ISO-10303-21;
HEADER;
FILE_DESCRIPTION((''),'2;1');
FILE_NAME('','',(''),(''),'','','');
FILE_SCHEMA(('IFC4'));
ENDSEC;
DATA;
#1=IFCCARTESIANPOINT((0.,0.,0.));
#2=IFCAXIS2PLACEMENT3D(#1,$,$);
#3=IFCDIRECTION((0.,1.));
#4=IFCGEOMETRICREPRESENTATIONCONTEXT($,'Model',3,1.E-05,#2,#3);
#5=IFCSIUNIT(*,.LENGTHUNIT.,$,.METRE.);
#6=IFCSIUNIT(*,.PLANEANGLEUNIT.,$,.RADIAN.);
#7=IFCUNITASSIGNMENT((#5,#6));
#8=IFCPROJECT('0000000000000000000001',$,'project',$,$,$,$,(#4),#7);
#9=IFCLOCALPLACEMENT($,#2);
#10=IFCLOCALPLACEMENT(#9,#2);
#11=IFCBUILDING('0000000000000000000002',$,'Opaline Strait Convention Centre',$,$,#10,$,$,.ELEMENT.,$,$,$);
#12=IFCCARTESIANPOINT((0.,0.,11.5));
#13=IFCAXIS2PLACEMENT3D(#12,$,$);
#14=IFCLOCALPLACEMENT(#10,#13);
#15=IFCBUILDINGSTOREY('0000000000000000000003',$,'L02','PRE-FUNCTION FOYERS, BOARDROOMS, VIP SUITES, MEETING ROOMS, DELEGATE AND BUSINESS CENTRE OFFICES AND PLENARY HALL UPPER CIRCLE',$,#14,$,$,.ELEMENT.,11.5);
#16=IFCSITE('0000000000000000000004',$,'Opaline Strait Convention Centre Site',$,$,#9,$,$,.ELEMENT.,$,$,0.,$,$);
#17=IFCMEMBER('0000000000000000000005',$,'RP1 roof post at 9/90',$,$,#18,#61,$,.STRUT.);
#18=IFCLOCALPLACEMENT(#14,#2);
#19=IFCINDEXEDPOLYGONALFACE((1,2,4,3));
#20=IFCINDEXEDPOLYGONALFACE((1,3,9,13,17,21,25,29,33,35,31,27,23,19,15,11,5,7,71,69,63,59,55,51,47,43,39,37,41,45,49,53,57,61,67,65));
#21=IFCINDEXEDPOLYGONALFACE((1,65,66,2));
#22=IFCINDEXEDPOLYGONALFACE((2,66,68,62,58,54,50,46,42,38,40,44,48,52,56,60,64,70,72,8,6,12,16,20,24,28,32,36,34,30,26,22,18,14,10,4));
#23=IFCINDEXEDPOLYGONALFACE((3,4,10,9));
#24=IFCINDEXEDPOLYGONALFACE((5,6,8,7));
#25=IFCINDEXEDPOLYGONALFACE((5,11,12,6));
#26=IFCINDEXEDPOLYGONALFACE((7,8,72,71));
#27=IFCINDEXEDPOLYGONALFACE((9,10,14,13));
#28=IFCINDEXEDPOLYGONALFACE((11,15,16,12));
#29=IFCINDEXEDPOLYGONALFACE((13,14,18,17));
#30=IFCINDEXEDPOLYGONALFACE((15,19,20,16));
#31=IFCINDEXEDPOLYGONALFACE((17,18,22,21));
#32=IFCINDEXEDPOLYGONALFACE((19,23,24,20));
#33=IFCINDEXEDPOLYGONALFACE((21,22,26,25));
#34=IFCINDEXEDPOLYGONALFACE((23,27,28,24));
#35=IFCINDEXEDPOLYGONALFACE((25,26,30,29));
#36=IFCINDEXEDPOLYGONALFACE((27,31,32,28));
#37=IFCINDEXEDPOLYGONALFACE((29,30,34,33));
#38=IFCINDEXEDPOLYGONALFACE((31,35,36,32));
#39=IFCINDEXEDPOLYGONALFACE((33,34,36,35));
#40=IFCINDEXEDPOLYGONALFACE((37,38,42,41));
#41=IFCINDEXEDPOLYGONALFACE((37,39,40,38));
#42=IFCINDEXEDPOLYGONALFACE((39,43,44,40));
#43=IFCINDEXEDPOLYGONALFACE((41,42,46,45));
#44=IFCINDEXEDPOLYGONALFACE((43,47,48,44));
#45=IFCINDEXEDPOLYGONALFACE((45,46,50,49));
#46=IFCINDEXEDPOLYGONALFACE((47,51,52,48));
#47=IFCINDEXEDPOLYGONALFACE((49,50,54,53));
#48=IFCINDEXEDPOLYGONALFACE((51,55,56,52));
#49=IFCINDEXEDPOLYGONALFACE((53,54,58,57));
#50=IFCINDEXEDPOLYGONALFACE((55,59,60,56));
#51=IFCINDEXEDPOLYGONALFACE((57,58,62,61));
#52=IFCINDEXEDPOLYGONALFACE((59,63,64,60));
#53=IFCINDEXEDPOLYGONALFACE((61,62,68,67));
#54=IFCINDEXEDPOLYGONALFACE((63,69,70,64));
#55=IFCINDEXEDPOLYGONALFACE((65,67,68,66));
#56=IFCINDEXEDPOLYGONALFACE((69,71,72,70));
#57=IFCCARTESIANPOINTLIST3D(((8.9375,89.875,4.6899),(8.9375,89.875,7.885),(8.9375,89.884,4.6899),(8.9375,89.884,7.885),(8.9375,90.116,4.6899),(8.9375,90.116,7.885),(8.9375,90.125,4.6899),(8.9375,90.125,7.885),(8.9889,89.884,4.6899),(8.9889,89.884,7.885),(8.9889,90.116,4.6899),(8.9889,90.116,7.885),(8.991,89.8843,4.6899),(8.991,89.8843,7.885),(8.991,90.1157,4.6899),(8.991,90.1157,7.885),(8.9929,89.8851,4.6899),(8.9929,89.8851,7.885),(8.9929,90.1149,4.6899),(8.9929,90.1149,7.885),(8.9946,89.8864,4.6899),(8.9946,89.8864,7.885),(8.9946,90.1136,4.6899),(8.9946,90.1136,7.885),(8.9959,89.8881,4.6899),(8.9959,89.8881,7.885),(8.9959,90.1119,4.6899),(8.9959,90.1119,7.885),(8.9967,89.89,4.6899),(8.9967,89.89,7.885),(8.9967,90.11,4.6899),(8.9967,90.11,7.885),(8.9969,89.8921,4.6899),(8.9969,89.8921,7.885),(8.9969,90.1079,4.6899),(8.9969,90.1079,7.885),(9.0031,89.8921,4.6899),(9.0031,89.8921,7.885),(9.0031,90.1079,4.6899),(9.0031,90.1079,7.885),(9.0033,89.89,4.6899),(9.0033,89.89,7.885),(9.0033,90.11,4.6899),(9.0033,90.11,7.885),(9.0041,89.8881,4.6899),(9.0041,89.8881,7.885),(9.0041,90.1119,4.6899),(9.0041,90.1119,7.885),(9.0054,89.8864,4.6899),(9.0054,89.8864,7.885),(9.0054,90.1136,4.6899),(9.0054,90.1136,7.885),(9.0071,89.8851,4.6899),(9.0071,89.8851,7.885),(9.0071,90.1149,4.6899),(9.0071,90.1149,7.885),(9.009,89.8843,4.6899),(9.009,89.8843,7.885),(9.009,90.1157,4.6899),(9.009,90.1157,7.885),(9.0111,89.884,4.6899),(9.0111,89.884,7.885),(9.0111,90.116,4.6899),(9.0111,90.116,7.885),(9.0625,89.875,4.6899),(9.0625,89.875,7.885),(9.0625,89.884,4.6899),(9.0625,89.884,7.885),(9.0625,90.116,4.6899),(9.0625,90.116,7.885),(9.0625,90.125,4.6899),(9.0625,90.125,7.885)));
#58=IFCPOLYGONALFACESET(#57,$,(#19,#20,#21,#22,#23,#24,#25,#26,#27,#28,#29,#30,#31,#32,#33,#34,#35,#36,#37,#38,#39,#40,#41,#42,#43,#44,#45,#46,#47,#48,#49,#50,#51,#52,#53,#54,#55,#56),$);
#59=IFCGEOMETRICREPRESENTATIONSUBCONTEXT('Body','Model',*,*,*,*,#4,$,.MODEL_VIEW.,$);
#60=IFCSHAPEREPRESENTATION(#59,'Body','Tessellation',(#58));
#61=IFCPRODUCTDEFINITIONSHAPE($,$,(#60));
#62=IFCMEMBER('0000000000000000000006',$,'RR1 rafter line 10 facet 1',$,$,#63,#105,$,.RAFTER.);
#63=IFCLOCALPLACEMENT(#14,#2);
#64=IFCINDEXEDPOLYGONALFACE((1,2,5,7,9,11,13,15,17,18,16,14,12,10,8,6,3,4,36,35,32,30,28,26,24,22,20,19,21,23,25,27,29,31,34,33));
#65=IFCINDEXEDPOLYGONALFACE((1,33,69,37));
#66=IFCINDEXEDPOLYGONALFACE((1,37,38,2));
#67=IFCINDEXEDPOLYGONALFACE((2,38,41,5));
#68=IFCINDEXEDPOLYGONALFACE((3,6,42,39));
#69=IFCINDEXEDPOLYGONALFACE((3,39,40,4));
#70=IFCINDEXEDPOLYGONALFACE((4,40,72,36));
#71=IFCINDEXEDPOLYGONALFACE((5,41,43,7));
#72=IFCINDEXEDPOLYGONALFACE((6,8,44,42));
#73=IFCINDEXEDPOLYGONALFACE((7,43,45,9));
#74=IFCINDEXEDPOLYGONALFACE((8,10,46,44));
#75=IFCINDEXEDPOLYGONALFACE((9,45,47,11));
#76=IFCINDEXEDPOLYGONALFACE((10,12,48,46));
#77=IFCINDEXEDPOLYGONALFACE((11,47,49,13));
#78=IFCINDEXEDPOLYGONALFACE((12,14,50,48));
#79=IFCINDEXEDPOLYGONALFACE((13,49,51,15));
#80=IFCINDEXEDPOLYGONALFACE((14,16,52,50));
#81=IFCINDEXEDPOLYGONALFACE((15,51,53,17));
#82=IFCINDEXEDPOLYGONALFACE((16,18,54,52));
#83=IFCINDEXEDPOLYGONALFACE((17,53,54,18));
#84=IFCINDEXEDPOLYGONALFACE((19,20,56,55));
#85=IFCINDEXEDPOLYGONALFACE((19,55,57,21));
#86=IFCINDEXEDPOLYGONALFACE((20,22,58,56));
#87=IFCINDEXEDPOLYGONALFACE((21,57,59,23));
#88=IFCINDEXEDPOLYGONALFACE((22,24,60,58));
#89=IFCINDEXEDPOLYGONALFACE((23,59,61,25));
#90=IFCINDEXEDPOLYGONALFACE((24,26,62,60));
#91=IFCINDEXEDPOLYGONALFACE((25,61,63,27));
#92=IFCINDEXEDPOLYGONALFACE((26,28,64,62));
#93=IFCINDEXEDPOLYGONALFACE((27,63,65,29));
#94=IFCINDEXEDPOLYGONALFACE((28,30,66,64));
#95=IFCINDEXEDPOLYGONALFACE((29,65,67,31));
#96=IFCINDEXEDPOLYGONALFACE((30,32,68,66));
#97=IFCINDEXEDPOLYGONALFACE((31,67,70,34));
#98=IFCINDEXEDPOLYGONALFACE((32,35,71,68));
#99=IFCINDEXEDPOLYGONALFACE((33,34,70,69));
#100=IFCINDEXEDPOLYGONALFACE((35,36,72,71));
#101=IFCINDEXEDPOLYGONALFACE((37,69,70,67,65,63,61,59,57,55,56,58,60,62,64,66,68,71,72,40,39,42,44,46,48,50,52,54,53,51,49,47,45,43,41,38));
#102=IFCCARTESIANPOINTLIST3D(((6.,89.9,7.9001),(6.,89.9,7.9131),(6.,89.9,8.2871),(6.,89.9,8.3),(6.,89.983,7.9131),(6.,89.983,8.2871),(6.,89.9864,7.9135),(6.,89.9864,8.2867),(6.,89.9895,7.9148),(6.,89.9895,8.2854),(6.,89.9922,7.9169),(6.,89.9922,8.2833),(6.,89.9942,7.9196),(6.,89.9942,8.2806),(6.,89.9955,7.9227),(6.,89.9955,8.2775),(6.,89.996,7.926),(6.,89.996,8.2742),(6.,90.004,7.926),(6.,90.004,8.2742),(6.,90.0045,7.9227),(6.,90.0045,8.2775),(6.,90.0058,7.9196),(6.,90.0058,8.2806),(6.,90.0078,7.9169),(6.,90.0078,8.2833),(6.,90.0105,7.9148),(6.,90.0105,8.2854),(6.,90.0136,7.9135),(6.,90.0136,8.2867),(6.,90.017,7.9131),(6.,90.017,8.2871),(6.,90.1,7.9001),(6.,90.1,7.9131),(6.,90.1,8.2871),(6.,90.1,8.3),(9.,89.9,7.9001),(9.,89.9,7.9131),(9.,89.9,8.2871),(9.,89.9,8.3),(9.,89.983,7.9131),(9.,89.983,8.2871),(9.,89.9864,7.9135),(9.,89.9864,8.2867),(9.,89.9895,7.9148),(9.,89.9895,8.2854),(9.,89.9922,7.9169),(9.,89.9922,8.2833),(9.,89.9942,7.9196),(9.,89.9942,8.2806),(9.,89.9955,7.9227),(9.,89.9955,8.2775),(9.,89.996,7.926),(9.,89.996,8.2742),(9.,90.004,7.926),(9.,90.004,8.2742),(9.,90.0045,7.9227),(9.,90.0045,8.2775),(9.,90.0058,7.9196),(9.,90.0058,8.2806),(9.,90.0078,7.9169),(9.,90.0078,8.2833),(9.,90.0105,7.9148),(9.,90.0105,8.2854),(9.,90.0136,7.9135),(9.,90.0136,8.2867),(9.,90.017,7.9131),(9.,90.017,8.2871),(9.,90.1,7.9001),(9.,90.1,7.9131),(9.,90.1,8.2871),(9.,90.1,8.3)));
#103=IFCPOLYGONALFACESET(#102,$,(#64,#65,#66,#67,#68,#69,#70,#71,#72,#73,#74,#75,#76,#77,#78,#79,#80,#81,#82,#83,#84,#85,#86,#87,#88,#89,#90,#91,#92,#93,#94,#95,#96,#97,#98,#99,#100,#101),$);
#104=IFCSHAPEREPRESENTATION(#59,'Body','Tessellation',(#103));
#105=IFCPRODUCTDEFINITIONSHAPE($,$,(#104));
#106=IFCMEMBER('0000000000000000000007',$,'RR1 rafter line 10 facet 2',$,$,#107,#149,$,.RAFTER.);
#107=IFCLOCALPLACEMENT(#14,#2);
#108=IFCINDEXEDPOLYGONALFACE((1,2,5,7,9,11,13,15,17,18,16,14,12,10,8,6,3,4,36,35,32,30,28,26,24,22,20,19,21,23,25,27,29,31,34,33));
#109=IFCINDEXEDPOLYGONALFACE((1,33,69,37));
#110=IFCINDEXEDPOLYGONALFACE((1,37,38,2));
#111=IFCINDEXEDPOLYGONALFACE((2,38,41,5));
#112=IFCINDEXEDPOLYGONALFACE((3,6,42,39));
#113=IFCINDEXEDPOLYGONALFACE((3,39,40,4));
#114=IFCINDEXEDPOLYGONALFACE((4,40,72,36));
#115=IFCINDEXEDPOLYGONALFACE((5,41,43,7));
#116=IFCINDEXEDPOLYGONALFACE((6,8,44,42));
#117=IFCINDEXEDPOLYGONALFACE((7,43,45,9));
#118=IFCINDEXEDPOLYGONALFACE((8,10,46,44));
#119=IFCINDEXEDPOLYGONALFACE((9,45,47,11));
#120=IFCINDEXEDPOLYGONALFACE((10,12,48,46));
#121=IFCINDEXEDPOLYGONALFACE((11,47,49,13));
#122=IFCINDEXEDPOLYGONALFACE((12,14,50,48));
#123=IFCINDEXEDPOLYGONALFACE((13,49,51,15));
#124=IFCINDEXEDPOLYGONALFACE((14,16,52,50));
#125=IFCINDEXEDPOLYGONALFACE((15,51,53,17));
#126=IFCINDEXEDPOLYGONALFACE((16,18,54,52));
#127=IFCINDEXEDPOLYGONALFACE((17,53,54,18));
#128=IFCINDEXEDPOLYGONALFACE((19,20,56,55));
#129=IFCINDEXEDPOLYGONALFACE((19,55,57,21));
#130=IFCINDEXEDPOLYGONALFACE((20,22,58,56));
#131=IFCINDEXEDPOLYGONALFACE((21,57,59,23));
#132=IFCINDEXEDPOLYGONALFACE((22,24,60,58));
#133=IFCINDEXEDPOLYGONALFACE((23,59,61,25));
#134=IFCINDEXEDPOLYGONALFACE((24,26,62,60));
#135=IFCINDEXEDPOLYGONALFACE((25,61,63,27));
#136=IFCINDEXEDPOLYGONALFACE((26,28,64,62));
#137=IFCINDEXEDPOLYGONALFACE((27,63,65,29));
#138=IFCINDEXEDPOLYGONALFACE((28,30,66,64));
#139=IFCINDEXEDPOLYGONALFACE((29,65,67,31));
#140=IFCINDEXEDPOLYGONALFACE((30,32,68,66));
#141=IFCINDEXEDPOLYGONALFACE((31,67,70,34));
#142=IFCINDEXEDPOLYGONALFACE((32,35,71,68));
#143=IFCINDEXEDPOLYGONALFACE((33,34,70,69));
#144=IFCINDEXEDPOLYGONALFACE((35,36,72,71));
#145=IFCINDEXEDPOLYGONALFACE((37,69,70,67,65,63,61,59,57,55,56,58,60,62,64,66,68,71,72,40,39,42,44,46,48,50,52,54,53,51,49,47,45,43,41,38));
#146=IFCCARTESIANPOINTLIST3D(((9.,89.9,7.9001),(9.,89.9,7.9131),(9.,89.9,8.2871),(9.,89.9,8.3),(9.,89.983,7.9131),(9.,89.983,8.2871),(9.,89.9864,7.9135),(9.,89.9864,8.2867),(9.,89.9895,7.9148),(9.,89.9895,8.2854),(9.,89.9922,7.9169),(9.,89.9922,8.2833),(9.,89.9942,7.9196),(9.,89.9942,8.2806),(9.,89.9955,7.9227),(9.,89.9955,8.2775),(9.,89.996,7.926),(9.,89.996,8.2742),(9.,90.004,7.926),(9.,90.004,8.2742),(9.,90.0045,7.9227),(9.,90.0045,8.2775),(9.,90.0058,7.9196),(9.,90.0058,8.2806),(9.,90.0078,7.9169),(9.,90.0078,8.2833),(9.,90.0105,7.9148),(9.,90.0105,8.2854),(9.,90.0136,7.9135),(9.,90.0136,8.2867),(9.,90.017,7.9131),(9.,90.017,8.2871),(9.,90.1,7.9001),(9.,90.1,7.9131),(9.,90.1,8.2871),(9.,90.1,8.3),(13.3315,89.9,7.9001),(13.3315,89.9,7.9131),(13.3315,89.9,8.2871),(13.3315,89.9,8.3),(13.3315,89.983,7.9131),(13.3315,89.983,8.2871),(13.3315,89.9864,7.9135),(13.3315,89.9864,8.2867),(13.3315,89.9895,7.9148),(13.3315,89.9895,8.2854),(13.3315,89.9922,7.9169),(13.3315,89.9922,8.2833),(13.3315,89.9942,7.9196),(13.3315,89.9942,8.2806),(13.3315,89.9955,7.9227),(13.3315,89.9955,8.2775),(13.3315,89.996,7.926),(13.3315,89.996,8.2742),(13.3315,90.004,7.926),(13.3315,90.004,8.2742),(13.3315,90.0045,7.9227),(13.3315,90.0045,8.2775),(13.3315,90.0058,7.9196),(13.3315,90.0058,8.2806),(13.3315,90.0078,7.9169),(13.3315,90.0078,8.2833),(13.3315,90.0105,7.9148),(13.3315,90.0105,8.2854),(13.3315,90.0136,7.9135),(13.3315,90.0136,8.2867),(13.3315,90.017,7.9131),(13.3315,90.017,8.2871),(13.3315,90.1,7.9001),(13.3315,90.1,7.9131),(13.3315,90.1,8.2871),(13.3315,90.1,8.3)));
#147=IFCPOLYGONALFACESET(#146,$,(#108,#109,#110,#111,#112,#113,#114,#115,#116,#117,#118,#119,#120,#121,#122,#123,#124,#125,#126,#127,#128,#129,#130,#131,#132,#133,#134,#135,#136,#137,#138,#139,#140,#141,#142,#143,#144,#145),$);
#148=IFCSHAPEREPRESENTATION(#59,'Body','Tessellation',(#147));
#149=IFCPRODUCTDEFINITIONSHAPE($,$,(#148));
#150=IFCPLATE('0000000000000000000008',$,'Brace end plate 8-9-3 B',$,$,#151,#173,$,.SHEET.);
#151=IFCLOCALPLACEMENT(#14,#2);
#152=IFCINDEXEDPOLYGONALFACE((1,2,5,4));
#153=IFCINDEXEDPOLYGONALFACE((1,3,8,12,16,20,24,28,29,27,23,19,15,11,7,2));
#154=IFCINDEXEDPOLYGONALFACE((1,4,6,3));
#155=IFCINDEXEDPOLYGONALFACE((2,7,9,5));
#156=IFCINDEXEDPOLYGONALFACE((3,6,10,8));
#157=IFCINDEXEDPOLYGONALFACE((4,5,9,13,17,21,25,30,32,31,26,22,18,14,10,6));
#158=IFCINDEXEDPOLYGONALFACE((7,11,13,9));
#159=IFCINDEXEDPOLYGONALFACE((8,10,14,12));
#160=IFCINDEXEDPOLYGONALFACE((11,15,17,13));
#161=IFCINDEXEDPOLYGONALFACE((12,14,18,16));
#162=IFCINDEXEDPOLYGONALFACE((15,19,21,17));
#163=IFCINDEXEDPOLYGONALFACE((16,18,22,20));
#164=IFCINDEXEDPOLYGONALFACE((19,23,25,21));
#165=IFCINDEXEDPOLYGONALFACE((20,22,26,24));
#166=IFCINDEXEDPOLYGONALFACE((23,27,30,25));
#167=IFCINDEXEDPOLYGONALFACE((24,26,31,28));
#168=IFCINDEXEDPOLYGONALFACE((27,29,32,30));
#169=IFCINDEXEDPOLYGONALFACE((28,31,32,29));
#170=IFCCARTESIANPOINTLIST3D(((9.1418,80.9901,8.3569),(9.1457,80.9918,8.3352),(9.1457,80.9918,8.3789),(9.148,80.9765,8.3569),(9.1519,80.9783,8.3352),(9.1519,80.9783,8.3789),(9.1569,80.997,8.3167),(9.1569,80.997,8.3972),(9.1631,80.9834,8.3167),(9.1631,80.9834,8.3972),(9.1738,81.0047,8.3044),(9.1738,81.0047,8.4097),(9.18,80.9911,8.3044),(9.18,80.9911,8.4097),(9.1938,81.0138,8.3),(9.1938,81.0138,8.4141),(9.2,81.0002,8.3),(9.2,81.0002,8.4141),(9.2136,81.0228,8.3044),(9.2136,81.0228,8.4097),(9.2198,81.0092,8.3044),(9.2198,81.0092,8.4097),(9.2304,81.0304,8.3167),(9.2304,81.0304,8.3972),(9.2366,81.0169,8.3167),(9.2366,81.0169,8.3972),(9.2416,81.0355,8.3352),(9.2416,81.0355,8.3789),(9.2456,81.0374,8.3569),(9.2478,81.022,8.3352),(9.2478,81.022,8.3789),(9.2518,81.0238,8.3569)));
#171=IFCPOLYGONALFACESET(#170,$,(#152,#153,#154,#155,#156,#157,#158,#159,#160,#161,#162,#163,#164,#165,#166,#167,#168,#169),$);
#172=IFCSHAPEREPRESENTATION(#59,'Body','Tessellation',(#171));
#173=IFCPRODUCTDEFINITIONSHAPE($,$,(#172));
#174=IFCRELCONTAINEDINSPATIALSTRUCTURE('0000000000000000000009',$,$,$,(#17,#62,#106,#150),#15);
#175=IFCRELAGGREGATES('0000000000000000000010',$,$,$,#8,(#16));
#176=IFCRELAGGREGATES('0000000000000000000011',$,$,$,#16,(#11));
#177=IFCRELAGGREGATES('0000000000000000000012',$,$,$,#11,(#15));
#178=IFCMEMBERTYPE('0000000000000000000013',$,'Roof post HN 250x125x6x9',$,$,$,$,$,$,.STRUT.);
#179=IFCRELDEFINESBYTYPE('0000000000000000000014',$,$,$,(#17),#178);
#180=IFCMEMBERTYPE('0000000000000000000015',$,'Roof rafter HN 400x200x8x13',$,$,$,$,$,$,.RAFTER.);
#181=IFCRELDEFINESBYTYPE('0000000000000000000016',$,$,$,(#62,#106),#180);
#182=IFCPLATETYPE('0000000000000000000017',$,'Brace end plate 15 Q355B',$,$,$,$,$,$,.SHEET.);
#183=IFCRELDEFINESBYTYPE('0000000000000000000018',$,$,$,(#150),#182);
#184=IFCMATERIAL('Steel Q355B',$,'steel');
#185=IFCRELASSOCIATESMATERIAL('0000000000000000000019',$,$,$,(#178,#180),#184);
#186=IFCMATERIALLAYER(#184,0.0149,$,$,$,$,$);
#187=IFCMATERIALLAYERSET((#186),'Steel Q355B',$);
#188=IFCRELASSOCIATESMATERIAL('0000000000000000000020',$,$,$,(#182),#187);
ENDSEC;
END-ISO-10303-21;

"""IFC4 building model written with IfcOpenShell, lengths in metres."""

from ifc_helpers import new_model, si_unit, direction, frame, origin, origin_2d, place, context, subcontext, project, spatial, polyline, i_section, outline, extrude, material, layer, layer_set, material_profile, profile_set, type_object, element, save


model = new_model("IFC4")

# Units and contexts
model_context = context("Model", 3, precision=1e-05, world=origin(), true_north=direction((0.0, 1.0)))
body_context = subcontext(model_context, "Body", "Model", "MODEL_VIEW")
ifc_project = project(units=[si_unit("LENGTHUNIT", "METRE"), si_unit("PLANEANGLEUNIT", "RADIAN")], contexts=[model_context])

# Site, building, storey
site_placement = place(None, origin())
site = spatial("IfcSite", under=ifc_project, at=site_placement, Name="Opaline Strait Convention Centre Site", CompositionType="ELEMENT", RefElevation=0.0)
building_placement = place(site_placement, origin())
building = spatial("IfcBuilding", under=site, at=building_placement, Name="Opaline Strait Convention Centre", CompositionType="ELEMENT")
storey_placement = place(building_placement, frame((0.0, 0.0, 11.5)))
storey = spatial("IfcBuildingStorey", under=building, at=storey_placement, Name="L02", Description="PRE-FUNCTION FOYERS, BOARDROOMS, VIP SUITES, MEETING ROOMS, DELEGATE AND BUSINESS CENTRE OFFICES AND PLENARY HALL UPPER CIRCLE", CompositionType="ELEMENT", Elevation=11.5)

# Shared definitions
ifc_material_1 = material(Name="Steel Q355B", Category="steel")

# Members
ifc_material_profile_1 = material_profile(ifc_material_1, i_section(OverallWidth=0.125, OverallDepth=0.25, WebThickness=0.0061, FlangeThickness=0.009, FilletRadius=0.0081, at=origin_2d()), Name="HN 250x125x6x9")
ifc_profile_set_1 = profile_set([ifc_material_profile_1], Name="Steel Q355B")
member_type_1 = type_object("IfcMemberType", Name="Roof post HN 250x125x6x9", PredefinedType="STRUT", material=ifc_profile_set_1)
member_1_placement = place(storey_placement, frame((9.0, 90.0, 4.6899), z_axis=(0.0, 0.0, 1.0), x_axis=(1.0, 0.0, 0.0)))
element("IfcMember", 1, at=member_1_placement, inside=storey, type_object=member_type_1, Name="RP1 roof post at 9/90", PredefinedType="STRUT", context=body_context, shape_type="SweptSolid", body=[
    extrude(i_section(OverallWidth=0.125, OverallDepth=0.25, WebThickness=0.0061, FlangeThickness=0.009, FilletRadius=0.0081, at=origin_2d()), origin(), (0.0, 0.0, 1.0), 3.1951),
])
ifc_material_profile_2 = material_profile(ifc_material_1, i_section(OverallWidth=0.2, OverallDepth=0.3999, WebThickness=0.0081, FlangeThickness=0.0129, FilletRadius=0.0129, at=origin_2d()), Name="HN 400x200x8x13")
ifc_profile_set_2 = profile_set([ifc_material_profile_2], Name="Steel Q355B")
member_type_2 = type_object("IfcMemberType", Name="Roof rafter HN 400x200x8x13", PredefinedType="RAFTER", material=ifc_profile_set_2)
member_2_placement = place(storey_placement, frame((6.0, 90.0, 8.1001), z_axis=(1.0, 0.0, 0.0), x_axis=(0.0, 1.0, 0.0)))
element("IfcMember", 2, at=member_2_placement, inside=storey, type_object=member_type_2, Name="RR1 rafter line 10 facet 1", PredefinedType="RAFTER", context=body_context, shape_type="SweptSolid", body=[
    extrude(i_section(OverallWidth=0.2, OverallDepth=0.3999, WebThickness=0.0081, FlangeThickness=0.0129, FilletRadius=0.0129, at=origin_2d()), origin(), (0.0, 0.0, 1.0), 3.0),
])
member_3_placement = place(storey_placement, frame((9.0, 90.0, 8.1001), z_axis=(1.0, 0.0, 0.0), x_axis=(0.0, 1.0, 0.0)))
element("IfcMember", 3, at=member_3_placement, inside=storey, type_object=member_type_2, Name="RR1 rafter line 10 facet 2", PredefinedType="RAFTER", context=body_context, shape_type="SweptSolid", body=[
    extrude(i_section(OverallWidth=0.2, OverallDepth=0.3999, WebThickness=0.0081, FlangeThickness=0.0129, FilletRadius=0.0129, at=origin_2d()), origin(), (0.0, 0.0, 1.0), 4.3315),
])

# Plate
ifc_layer_1 = layer(ifc_material_1, 0.0149)
ifc_layer_set_1 = layer_set([ifc_layer_1], Name="Steel Q355B")
plate_type = type_object("IfcPlateType", Name="Brace end plate 15 Q355B", PredefinedType="SHEET", material=ifc_layer_set_1)
plate_1_placement = place(storey_placement, frame((9.2456, 81.0374, 8.3569), z_axis=(-0.414547, 0.910028, 0.0), x_axis=(-0.179212, -0.081637, -0.980418)))
element("IfcPlate", 4, at=plate_1_placement, inside=storey, type_object=plate_type, Name="Brace end plate 8-9-3 B", PredefinedType="SHEET", context=body_context, shape_type="SweptSolid", body=[
    extrude(outline(polyline([(0.0, 0.0), (0.0222, 0.0), (0.0428, 0.0084), (0.0584, 0.0242), (0.067, 0.0446), (0.067, 0.067), (0.0587, 0.0876), (0.0429, 0.1034), (0.0225, 0.1118), (0.0001, 0.112), (-0.0203, 0.1035), (-0.0362, 0.0877), (-0.0448, 0.0671), (-0.0448, 0.0449), (-0.0362, 0.0243), (-0.0207, 0.0086), (0.0, 0.0)])), origin(), (0.0, 0.0, -1.0), 0.0149),
])

save(model, "model.ifc")
